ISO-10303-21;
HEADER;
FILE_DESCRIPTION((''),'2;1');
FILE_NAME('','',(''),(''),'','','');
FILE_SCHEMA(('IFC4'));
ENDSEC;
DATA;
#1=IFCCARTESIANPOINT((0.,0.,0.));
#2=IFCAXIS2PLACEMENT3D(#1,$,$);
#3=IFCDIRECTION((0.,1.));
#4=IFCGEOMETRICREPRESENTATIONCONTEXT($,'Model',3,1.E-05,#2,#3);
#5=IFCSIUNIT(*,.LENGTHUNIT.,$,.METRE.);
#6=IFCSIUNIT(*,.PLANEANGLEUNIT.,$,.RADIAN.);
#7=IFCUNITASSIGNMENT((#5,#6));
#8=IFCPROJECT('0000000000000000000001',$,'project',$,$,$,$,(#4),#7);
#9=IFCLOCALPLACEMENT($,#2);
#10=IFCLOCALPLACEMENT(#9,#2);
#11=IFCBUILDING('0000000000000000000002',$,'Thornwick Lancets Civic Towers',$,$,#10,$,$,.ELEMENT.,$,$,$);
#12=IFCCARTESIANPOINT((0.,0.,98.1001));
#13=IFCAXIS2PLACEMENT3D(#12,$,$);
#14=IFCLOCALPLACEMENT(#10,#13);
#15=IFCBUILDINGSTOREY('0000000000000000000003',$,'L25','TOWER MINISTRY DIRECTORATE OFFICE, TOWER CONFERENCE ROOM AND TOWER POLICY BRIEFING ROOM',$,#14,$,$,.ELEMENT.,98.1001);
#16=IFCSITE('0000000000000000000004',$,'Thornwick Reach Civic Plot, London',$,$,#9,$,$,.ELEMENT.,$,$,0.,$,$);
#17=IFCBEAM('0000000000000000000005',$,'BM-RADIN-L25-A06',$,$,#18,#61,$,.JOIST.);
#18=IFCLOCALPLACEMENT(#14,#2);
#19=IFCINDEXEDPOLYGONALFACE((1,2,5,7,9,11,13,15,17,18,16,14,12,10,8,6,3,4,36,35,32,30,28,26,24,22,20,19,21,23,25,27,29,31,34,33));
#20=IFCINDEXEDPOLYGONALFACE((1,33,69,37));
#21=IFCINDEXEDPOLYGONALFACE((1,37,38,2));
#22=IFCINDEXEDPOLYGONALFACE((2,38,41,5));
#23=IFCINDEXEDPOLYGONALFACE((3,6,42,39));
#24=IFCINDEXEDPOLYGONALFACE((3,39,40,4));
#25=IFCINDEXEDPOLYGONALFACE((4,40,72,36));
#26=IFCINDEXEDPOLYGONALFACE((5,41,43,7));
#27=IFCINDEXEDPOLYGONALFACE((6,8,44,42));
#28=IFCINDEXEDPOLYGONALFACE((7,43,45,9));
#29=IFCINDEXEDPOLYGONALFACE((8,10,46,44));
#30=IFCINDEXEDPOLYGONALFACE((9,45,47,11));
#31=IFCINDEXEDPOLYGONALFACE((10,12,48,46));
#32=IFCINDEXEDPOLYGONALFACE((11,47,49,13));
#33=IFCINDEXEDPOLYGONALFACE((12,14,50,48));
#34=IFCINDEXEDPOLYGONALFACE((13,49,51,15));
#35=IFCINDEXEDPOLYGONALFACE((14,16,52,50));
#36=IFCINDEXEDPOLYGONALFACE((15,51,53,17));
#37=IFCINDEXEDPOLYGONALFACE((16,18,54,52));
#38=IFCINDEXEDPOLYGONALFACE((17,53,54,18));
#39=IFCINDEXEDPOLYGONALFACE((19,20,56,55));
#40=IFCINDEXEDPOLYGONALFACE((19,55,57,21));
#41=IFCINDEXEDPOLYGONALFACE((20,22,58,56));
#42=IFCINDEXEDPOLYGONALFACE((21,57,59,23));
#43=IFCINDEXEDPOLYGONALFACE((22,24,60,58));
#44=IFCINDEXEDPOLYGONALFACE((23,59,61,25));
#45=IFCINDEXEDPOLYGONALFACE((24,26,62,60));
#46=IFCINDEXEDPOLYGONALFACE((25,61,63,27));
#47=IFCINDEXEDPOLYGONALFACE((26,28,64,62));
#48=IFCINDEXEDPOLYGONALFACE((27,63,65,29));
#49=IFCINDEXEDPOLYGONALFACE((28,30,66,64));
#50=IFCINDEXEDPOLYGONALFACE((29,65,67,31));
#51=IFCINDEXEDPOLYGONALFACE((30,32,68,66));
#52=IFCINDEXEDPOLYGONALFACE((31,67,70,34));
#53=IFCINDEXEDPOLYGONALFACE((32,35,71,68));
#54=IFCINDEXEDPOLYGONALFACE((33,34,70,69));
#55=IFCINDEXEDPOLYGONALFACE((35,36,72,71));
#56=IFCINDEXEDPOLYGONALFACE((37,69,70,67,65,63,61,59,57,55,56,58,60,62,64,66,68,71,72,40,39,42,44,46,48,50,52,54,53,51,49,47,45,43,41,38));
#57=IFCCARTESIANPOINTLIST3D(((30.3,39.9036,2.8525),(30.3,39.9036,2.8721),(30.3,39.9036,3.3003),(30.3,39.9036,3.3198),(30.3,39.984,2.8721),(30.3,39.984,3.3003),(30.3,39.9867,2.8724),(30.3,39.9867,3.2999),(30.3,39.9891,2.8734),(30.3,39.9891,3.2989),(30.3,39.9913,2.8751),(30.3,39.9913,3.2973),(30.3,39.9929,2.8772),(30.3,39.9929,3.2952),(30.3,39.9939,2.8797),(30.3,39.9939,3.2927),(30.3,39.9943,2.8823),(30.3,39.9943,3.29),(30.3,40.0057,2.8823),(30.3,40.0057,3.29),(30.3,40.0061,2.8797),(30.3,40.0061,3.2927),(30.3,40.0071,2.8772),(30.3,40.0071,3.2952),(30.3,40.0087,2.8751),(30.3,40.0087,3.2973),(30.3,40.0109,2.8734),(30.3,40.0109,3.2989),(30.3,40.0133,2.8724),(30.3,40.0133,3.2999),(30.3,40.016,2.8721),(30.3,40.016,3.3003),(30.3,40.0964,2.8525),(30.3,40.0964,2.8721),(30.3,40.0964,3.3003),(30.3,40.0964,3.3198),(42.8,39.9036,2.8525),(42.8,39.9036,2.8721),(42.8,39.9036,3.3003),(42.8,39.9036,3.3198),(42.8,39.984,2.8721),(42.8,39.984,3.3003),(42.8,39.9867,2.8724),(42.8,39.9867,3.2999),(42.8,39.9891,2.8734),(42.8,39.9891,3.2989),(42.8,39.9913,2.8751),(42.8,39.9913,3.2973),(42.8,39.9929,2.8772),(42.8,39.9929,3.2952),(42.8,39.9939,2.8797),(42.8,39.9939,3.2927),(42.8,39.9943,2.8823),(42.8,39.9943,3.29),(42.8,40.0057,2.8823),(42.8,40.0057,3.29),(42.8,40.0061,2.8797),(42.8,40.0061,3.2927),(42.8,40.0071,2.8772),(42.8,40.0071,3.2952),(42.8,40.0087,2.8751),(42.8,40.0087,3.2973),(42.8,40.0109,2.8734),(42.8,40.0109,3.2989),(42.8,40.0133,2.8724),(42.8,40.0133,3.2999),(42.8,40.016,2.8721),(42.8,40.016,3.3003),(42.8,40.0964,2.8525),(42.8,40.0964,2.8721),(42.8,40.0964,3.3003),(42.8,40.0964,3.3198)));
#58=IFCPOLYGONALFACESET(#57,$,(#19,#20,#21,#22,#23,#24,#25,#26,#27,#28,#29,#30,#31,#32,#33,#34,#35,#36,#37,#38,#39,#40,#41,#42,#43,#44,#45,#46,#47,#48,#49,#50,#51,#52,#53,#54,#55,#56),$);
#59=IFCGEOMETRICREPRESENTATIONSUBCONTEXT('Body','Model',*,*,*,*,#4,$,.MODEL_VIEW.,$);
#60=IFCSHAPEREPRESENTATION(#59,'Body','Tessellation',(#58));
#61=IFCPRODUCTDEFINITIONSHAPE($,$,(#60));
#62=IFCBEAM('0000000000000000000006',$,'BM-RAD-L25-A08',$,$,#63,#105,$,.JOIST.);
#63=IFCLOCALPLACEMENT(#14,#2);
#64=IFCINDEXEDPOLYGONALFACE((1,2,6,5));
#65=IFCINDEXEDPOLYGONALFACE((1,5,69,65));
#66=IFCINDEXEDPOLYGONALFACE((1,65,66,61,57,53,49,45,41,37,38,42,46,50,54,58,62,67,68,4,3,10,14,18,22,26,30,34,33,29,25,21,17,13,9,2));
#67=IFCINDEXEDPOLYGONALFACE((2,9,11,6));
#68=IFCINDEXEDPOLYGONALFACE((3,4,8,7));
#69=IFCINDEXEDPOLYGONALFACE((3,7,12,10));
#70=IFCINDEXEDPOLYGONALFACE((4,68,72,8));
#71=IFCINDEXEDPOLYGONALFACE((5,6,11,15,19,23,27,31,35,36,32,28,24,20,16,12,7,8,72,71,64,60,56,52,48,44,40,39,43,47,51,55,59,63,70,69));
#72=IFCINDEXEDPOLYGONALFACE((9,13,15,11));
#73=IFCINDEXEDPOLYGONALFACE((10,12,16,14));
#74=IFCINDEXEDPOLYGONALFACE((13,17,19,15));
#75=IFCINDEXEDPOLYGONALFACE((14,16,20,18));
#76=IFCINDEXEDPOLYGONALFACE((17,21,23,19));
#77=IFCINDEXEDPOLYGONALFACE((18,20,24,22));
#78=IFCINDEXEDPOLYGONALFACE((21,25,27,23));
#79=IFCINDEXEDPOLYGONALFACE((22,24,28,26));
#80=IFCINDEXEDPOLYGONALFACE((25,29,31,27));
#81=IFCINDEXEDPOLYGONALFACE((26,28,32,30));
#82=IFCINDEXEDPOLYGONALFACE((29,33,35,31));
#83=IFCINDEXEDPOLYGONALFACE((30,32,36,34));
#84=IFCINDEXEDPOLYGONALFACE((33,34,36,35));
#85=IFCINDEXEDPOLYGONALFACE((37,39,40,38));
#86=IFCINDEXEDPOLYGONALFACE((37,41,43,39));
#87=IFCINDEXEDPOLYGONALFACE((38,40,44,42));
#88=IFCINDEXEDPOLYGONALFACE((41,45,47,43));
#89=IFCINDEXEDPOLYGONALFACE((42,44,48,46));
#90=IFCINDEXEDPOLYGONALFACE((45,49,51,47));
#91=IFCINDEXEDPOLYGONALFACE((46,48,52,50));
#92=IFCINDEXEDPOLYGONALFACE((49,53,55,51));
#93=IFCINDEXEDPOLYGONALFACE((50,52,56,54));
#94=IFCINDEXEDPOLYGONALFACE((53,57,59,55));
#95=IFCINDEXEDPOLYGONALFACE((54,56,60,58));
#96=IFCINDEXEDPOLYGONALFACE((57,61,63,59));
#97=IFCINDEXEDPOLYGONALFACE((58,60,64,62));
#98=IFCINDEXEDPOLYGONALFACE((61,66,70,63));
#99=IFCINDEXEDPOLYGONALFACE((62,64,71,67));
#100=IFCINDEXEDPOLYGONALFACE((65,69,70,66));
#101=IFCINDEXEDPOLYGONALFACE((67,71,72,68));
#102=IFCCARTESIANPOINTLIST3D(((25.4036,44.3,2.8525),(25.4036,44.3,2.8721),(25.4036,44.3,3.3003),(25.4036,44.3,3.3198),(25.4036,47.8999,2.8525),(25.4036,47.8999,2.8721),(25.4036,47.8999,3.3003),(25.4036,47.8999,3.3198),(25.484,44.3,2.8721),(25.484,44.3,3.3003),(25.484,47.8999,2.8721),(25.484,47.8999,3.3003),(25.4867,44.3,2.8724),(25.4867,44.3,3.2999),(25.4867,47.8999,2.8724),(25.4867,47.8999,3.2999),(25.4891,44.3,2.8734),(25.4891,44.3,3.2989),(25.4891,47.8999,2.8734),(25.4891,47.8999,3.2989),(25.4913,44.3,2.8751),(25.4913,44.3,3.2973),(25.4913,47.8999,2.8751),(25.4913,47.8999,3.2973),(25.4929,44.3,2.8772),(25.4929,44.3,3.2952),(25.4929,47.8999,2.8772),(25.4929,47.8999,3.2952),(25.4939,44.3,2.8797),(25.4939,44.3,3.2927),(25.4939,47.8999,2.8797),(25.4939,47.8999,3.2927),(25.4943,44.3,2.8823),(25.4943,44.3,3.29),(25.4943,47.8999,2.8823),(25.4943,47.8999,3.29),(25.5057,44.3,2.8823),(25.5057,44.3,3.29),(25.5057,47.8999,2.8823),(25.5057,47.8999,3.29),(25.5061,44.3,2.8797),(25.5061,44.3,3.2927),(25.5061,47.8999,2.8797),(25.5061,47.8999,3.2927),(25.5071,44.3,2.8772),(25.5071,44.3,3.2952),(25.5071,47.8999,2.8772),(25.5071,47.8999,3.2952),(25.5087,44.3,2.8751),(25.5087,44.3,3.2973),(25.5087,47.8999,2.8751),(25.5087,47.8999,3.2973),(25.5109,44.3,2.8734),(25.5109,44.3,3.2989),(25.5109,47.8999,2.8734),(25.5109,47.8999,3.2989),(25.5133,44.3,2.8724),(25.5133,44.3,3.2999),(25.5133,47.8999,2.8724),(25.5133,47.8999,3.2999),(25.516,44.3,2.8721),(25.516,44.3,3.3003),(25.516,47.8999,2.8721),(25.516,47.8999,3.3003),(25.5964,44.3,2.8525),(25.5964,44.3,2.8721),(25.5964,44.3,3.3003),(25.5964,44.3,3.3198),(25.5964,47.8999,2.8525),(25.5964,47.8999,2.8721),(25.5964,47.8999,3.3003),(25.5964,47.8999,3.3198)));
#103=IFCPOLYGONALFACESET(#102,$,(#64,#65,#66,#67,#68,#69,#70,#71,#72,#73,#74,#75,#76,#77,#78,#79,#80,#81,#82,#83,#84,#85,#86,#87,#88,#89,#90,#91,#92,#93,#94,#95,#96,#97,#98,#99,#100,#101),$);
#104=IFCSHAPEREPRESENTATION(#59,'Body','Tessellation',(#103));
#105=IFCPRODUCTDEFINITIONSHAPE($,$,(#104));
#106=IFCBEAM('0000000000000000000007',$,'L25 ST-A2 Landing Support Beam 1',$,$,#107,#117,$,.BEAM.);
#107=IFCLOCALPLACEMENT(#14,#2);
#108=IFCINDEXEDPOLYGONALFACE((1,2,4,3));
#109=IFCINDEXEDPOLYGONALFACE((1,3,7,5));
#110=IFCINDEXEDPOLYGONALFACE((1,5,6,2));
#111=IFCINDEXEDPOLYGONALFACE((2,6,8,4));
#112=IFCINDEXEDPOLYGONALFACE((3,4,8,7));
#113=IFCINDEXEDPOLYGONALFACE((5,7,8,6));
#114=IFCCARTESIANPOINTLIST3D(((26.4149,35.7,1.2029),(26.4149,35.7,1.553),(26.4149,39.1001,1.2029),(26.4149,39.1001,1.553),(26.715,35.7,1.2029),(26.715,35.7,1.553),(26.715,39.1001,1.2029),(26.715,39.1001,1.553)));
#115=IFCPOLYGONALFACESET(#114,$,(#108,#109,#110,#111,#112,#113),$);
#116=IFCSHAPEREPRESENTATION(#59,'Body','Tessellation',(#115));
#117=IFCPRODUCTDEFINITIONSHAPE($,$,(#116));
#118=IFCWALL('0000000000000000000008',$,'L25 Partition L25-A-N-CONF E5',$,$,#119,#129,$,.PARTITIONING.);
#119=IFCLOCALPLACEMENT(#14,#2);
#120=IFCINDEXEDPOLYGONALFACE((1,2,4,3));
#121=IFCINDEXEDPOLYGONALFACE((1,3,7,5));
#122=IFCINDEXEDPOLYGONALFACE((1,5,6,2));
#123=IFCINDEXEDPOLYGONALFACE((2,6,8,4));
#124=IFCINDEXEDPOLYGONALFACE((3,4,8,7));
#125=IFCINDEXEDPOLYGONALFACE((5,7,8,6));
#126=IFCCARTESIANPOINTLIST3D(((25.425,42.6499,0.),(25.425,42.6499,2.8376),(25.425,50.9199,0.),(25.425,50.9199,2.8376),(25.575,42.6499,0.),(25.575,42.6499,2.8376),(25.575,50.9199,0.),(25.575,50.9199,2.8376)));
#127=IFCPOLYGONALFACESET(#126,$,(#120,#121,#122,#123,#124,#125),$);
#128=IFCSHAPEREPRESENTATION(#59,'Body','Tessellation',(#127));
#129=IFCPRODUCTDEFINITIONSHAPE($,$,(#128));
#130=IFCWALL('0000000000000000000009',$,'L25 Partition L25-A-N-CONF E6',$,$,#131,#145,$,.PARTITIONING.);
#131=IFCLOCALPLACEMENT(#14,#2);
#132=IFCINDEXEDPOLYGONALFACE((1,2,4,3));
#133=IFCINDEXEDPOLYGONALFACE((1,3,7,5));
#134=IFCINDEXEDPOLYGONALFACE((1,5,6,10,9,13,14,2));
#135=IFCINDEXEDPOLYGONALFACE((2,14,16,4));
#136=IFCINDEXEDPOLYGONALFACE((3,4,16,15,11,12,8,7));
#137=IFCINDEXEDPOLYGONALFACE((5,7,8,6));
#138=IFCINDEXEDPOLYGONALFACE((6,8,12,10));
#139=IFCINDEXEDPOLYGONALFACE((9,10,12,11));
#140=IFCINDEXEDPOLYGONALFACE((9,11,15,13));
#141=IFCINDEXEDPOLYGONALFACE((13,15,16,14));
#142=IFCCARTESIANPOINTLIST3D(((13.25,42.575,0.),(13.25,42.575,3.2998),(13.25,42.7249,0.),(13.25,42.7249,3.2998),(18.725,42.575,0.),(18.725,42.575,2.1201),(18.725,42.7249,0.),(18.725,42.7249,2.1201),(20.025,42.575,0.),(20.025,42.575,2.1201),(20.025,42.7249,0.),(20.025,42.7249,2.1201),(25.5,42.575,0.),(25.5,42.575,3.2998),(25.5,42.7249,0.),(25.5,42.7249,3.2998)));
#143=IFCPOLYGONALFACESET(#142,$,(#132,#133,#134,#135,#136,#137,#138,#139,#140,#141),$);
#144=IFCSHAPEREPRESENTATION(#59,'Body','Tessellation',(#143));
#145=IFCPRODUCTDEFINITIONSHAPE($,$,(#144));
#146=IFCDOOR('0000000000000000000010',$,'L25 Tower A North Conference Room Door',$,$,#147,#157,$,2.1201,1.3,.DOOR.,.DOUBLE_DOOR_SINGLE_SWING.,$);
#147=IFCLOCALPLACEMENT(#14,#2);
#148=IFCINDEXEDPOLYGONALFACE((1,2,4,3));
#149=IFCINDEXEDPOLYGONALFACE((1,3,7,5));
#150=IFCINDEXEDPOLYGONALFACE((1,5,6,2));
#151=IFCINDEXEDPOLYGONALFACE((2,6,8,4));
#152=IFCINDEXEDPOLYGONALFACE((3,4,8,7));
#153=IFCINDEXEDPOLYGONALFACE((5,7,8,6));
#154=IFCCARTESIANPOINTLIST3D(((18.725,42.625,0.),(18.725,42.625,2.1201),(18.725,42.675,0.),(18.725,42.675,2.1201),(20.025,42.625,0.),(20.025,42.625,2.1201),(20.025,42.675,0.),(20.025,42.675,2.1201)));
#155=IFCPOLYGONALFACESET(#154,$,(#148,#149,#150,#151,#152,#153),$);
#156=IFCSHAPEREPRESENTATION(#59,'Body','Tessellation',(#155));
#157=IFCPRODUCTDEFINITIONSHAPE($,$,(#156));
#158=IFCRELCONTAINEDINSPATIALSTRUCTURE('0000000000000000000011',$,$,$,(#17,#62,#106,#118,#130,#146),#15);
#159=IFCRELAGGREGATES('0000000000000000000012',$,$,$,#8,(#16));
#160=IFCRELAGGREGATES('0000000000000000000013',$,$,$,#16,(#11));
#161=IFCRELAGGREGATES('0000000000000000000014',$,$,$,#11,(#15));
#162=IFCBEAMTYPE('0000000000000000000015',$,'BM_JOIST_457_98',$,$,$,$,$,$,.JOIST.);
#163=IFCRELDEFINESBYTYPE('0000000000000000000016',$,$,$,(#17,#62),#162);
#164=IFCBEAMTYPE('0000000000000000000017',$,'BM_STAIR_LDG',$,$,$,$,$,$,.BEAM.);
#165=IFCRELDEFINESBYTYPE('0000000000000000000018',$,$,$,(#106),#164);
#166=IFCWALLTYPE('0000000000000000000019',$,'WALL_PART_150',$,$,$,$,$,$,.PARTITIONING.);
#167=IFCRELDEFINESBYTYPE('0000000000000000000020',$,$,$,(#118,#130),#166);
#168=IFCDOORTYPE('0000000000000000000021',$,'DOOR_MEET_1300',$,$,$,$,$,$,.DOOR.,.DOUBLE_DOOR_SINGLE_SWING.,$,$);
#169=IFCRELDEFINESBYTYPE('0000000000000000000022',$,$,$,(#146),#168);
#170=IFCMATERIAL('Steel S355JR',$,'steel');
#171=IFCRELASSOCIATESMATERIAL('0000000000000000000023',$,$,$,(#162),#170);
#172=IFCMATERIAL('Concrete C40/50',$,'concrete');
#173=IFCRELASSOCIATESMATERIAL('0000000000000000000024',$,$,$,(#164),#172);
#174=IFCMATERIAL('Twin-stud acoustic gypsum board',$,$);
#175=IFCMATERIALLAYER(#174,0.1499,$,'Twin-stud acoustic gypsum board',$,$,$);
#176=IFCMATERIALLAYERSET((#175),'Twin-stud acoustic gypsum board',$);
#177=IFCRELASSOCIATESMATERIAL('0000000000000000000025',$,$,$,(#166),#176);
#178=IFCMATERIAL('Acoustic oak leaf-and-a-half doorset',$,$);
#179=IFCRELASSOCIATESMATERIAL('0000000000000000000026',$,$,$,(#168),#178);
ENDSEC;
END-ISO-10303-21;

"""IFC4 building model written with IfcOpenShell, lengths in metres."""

from ifc_helpers import new_model, si_unit, direction, frame, frame_2d, origin, origin_2d, place, context, subcontext, project, spatial, rectangle, i_section, extrude, material, layer, layer_set, material_profile, profile_set, type_object, element, fill, save


model = new_model("IFC4")

# Units and contexts
model_context = context("Model", 3, precision=1e-05, world=origin(), true_north=direction((0.0, 1.0)))
body_context = subcontext(model_context, "Body", "Model", "MODEL_VIEW")
ifc_project = project(units=[si_unit("LENGTHUNIT", "METRE"), si_unit("PLANEANGLEUNIT", "RADIAN")], contexts=[model_context])

# Site, building, storey
site_placement = place(None, origin())
site = spatial("IfcSite", under=ifc_project, at=site_placement, Name="Thornwick Reach Civic Plot, London", CompositionType="ELEMENT", RefElevation=0.0)
building_placement = place(site_placement, origin())
building = spatial("IfcBuilding", under=site, at=building_placement, Name="Thornwick Lancets Civic Towers", CompositionType="ELEMENT")
storey_placement = place(building_placement, frame((0.0, 0.0, 98.1001)))
storey = spatial("IfcBuildingStorey", under=building, at=storey_placement, Name="L25", Description="TOWER MINISTRY DIRECTORATE OFFICE, TOWER CONFERENCE ROOM AND TOWER POLICY BRIEFING ROOM", CompositionType="ELEMENT", Elevation=98.1001)

# Beams
ifc_material_1 = material(Name="Steel S355JR", Category="steel")
ifc_material_profile_1 = material_profile(ifc_material_1, i_section(OverallWidth=0.1929, OverallDepth=0.4673, WebThickness=0.0115, FlangeThickness=0.0195, FilletRadius=0.0103, at=origin_2d()), Name="UKB 457x191x98")
ifc_profile_set_1 = profile_set([ifc_material_profile_1], Name="Steel S355JR")
beam_type_1 = type_object("IfcBeamType", Name="BM_JOIST_457_98", PredefinedType="JOIST", material=ifc_profile_set_1)
beam_1_placement = place(storey_placement, frame((30.3, 40.0, 3.0862), z_axis=(1.0, 0.0, 0.0), x_axis=(0.0, 1.0, 0.0)))
element("IfcBeam", 1, at=beam_1_placement, inside=storey, type_object=beam_type_1, Name="BM-RADIN-L25-A06", PredefinedType="JOIST", context=body_context, shape_type="SweptSolid", body=[
    extrude(i_section(OverallWidth=0.1929, OverallDepth=0.4673, WebThickness=0.0115, FlangeThickness=0.0195, FilletRadius=0.0103, at=origin_2d()), origin(), (0.0, 0.0, 1.0), 12.5),
])
beam_2_placement = place(storey_placement, frame((25.5, 44.3, 3.0862), z_axis=(0.0, 1.0, 0.0), x_axis=(-1.0, 0.0, 0.0)))
element("IfcBeam", 2, at=beam_2_placement, inside=storey, type_object=beam_type_1, Name="BM-RAD-L25-A08", PredefinedType="JOIST", context=body_context, shape_type="SweptSolid", body=[
    extrude(i_section(OverallWidth=0.1929, OverallDepth=0.4673, WebThickness=0.0115, FlangeThickness=0.0195, FilletRadius=0.0103, at=origin_2d()), origin(), (0.0, 0.0, 1.0), 3.5999),
])
ifc_material_2 = material(Name="Concrete C40/50", Category="concrete")
ifc_material_profile_2 = material_profile(ifc_material_2, rectangle(XDim=0.3, YDim=0.3501, at=origin_2d()), Name="RC 300x350")
ifc_profile_set_2 = profile_set([ifc_material_profile_2], Name="Concrete C40/50")
beam_type_2 = type_object("IfcBeamType", Name="BM_STAIR_LDG", PredefinedType="BEAM", material=ifc_profile_set_2)
beam_3_placement = place(storey_placement, frame((26.5649, 39.1001, 1.3779), z_axis=(0.0, -1.0, 0.0), x_axis=(1.0, 0.0, 0.0)))
element("IfcBeam", 3, at=beam_3_placement, inside=storey, type_object=beam_type_2, Name="L25 ST-A2 Landing Support Beam 1", PredefinedType="BEAM", context=body_context, shape_type="SweptSolid", body=[
    extrude(rectangle(XDim=0.3, YDim=0.3501, at=origin_2d()), origin(), (0.0, 0.0, 1.0), 3.4001),
])

# Wall
ifc_material_3 = material(Name="Twin-stud acoustic gypsum board")
ifc_layer_1 = layer(ifc_material_3, 0.1499, Name="Twin-stud acoustic gypsum board")
ifc_layer_set_1 = layer_set([ifc_layer_1], Name="Twin-stud acoustic gypsum board")
wall_type_1 = type_object("IfcWallType", Name="WALL_PART_150", PredefinedType="PARTITIONING", material=ifc_layer_set_1)
wall_1_placement = place(storey_placement, frame((25.5, 50.9199, 0.0), z_axis=(0.0, 0.0, 1.0), x_axis=(0.0, -1.0, 0.0)))
element("IfcWall", 4, at=wall_1_placement, inside=storey, type_object=wall_type_1, Name="L25 Partition L25-A-N-CONF E5", PredefinedType="PARTITIONING", context=body_context, shape_type="SweptSolid", body=[
    extrude(rectangle(XDim=8.27, YDim=0.1499, at=frame_2d((4.135, 0.0))), origin(), (0.0, 0.0, 1.0), 2.8376),
])

# Wall, opening, door
wall_2_placement = place(storey_placement, frame((25.5, 42.6499, 0.0), z_axis=(0.0, 0.0, 1.0), x_axis=(-1.0, 0.0, 0.0)))
wall_2 = element("IfcWall", 5, at=wall_2_placement, inside=storey, type_object=wall_type_1, Name="L25 Partition L25-A-N-CONF E6", PredefinedType="PARTITIONING", context=body_context, shape_type="SweptSolid", body=[
    extrude(rectangle(XDim=12.25, YDim=0.1499, at=frame_2d((6.125, 0.0))), origin(), (0.0, 0.0, 1.0), 3.2998),
])
opening_1_placement = place(wall_2_placement, frame((5.4751, 0.0, 0.0)))
opening_1 = element("IfcOpeningElement", 6, at=opening_1_placement, cuts=wall_2, PredefinedType="OPENING", context=body_context, shape_type="SweptSolid", body=[
    extrude(rectangle(XDim=1.3, YDim=2.1201, at=frame_2d((0.6499, 1.0601))), frame((0.0, 0.085, 0.0), z_axis=(0.0, -1.0, 0.0), x_axis=(1.0, 0.0, 0.0)), (0.0, 0.0, 1.0), 0.1699),
])
ifc_material_4 = material(Name="Acoustic oak leaf-and-a-half doorset")
door_type_1 = type_object("IfcDoorType", Name="DOOR_MEET_1300", OperationType="DOUBLE_DOOR_SINGLE_SWING", PredefinedType="DOOR", material=ifc_material_4)
door_1_placement = place(opening_1_placement, origin())
door_1 = element("IfcDoor", 7, at=door_1_placement, inside=storey, type_object=door_type_1, Name="L25 Tower A North Conference Room Door", OperationType="DOUBLE_DOOR_SINGLE_SWING", OverallHeight=2.1201, OverallWidth=1.3, PredefinedType="DOOR", context=body_context, shape_type="SweptSolid", body=[
    extrude(rectangle(XDim=1.3, YDim=2.1201, at=frame_2d((0.6499, 1.0601))), frame((0.0, 0.0249, 0.0), z_axis=(0.0, -1.0, 0.0), x_axis=(1.0, 0.0, 0.0)), (0.0, 0.0, 1.0), 0.05),
])
fill(opening_1, door_1)

save(model, "model.ifc")
